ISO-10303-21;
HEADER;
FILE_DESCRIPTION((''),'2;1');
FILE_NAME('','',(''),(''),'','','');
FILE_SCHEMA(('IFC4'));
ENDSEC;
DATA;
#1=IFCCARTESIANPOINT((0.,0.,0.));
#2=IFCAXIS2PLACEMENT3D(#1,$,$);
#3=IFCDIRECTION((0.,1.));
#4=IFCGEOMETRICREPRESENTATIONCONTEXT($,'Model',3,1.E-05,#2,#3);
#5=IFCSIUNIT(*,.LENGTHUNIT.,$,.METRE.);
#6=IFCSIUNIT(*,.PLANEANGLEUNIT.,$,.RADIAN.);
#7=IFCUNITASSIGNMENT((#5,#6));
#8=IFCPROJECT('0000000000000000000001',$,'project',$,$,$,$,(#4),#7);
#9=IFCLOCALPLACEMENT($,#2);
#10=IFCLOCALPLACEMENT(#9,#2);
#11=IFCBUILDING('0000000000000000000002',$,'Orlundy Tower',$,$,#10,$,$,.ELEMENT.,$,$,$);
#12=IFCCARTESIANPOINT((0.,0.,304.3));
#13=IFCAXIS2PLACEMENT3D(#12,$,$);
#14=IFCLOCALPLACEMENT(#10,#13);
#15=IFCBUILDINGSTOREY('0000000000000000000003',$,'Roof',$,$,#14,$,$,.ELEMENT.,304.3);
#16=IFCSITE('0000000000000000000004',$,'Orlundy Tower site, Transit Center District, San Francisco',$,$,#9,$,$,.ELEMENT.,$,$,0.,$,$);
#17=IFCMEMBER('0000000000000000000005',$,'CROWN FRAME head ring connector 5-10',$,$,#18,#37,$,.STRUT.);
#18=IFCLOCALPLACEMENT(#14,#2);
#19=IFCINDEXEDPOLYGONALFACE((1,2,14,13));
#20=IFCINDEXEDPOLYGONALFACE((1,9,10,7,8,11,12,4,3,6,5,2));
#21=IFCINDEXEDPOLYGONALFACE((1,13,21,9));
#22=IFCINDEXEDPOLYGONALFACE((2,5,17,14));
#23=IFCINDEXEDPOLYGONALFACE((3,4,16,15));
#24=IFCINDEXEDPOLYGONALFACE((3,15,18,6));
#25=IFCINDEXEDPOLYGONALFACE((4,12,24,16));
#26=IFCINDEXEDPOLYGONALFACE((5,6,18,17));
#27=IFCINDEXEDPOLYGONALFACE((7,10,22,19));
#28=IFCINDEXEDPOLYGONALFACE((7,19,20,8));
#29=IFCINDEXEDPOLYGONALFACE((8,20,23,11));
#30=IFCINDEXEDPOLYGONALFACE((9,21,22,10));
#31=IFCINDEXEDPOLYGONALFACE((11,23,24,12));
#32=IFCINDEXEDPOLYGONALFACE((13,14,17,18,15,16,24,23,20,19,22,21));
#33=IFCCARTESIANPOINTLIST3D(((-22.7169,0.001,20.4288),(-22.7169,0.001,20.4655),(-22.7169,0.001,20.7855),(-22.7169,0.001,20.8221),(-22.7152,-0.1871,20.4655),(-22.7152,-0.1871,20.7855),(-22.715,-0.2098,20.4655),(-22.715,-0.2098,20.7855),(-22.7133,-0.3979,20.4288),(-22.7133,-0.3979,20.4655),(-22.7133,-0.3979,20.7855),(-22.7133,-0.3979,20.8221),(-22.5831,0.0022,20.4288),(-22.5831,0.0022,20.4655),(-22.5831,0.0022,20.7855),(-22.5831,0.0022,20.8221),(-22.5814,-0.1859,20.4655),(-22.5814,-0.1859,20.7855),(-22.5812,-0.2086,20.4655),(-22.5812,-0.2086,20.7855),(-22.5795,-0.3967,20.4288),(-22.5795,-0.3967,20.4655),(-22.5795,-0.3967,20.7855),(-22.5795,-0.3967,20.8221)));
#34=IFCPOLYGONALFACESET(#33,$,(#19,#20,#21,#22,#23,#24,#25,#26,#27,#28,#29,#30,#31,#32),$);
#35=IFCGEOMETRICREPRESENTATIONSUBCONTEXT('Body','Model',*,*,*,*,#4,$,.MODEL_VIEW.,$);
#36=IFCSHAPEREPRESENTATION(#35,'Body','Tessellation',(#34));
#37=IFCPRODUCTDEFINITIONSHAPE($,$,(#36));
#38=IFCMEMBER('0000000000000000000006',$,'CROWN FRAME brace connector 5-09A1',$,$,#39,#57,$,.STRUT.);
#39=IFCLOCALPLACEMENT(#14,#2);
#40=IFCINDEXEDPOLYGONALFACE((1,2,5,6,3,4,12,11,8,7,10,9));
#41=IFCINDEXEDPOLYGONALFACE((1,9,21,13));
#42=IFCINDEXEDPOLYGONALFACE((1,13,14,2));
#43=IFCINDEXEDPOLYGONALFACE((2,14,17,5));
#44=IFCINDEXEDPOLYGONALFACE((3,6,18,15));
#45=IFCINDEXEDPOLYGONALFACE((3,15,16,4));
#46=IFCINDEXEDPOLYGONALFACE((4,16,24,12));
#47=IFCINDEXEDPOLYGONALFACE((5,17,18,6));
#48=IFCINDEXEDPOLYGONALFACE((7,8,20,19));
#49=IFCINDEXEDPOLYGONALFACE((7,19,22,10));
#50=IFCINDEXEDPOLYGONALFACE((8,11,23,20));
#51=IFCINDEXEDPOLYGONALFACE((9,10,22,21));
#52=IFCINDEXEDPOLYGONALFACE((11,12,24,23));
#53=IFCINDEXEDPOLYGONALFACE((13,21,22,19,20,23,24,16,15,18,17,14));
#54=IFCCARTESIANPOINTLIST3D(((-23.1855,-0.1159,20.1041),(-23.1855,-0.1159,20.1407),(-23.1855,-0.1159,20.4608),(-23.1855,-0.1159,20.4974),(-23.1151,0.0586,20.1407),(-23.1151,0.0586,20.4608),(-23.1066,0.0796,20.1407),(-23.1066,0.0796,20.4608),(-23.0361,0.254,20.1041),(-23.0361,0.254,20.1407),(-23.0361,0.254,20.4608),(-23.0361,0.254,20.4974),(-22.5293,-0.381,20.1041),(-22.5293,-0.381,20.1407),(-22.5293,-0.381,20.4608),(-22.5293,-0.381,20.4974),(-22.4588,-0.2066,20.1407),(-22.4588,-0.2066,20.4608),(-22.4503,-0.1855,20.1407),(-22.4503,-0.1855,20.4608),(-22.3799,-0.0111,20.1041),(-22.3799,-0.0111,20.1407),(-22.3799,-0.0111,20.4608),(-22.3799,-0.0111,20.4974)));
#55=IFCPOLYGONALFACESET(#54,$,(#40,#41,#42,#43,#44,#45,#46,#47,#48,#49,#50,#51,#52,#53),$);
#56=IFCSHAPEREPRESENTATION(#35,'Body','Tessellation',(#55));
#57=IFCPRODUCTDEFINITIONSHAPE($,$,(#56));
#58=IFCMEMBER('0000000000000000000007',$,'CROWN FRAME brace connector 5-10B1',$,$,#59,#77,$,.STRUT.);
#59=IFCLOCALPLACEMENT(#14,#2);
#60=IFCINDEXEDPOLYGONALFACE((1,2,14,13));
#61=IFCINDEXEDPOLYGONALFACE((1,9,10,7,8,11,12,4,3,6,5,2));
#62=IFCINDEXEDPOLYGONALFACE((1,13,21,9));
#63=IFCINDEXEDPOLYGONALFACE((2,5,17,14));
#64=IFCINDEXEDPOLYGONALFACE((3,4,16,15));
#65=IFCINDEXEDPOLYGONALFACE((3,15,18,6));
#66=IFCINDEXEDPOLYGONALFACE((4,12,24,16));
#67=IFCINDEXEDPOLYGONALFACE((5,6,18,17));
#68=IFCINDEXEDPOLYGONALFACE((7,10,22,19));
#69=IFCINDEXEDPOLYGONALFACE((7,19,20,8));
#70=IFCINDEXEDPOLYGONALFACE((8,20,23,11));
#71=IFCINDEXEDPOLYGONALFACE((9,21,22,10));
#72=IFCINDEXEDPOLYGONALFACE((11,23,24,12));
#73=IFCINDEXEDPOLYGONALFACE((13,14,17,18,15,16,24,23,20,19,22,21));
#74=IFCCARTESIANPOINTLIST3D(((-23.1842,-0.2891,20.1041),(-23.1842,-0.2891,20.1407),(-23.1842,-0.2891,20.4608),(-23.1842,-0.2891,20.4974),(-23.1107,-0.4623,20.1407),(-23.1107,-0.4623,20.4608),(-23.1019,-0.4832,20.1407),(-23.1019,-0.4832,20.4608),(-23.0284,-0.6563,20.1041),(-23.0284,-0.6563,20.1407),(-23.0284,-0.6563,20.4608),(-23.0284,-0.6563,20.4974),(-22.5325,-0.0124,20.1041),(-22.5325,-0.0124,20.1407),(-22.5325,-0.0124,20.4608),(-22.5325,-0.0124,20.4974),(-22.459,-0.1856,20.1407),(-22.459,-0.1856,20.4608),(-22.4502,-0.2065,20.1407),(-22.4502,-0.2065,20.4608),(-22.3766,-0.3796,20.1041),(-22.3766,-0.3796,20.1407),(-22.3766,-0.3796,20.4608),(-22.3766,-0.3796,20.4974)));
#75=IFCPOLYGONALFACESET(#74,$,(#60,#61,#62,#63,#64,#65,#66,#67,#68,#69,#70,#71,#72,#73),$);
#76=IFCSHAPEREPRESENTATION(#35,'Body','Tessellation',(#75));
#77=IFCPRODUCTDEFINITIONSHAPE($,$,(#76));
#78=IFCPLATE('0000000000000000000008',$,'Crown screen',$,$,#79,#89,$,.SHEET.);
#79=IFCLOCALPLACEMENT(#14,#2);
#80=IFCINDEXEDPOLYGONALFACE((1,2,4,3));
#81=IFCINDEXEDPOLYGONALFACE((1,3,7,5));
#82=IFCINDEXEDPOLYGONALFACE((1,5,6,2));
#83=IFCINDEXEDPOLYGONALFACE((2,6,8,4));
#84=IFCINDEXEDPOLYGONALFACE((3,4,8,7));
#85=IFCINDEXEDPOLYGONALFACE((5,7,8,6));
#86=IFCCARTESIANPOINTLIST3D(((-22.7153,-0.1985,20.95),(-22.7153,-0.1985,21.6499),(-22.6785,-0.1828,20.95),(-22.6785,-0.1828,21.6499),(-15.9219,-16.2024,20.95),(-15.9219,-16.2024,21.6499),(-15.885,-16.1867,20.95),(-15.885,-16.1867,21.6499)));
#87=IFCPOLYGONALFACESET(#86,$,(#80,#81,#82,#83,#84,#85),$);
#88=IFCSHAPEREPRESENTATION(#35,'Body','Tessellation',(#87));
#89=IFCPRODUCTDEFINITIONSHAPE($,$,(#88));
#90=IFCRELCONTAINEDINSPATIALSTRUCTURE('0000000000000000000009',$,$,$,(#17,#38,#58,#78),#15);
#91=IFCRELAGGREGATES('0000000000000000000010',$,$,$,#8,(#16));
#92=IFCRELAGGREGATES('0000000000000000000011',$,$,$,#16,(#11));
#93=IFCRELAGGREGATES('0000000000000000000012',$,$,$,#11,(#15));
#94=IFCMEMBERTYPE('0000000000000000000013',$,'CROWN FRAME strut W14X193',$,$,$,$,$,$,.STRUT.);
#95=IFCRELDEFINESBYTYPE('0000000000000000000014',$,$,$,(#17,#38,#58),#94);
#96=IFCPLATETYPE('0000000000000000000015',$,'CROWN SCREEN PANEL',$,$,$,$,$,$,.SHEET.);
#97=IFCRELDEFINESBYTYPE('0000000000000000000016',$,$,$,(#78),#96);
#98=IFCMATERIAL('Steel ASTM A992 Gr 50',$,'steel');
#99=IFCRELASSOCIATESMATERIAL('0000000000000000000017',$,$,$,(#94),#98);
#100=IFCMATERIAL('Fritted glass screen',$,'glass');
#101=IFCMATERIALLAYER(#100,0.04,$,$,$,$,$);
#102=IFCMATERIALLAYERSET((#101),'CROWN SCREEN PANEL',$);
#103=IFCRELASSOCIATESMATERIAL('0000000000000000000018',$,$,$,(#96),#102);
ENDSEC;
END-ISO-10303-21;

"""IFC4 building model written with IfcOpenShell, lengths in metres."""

from ifc_helpers import new_model, si_unit, direction, frame, origin, origin_2d, place, context, subcontext, project, spatial, polyline, i_section, outline, extrude, material, layer, layer_set, material_profile, profile_set, type_object, element, save


model = new_model("IFC4")

# Units and contexts
model_context = context("Model", 3, precision=1e-05, world=origin(), true_north=direction((0.0, 1.0)))
body_context = subcontext(model_context, "Body", "Model", "MODEL_VIEW")
ifc_project = project(units=[si_unit("LENGTHUNIT", "METRE"), si_unit("PLANEANGLEUNIT", "RADIAN")], contexts=[model_context])

# Site, building, storey
site_placement = place(None, origin())
site = spatial("IfcSite", under=ifc_project, at=site_placement, Name="Orlundy Tower site, Transit Center District, San Francisco", CompositionType="ELEMENT", RefElevation=0.0)
building_placement = place(site_placement, origin())
building = spatial("IfcBuilding", under=site, at=building_placement, Name="Orlundy Tower", CompositionType="ELEMENT")
storey_placement = place(building_placement, frame((0.0, 0.0, 304.3)))
storey = spatial("IfcBuildingStorey", under=building, at=storey_placement, Name="Roof", CompositionType="ELEMENT", Elevation=304.3)

# Members
ifc_material_1 = material(Name="Steel ASTM A992 Gr 50", Category="steel")
ifc_material_profile_1 = material_profile(ifc_material_1, i_section(OverallWidth=0.3989, OverallDepth=0.3933, WebThickness=0.0227, FlangeThickness=0.0366, at=origin_2d()), Name="W14X193")
ifc_profile_set_1 = profile_set([ifc_material_profile_1], Name="Steel ASTM A992 Gr 50")
member_type = type_object("IfcMemberType", Name="CROWN FRAME strut W14X193", PredefinedType="STRUT", material=ifc_profile_set_1)
member_1_placement = place(storey_placement, frame((-22.5813, -0.1973, 20.6255), z_axis=(-0.999958, -0.009124, 0.0), x_axis=(0.009124, -0.999958, 0.0)))
element("IfcMember", 1, at=member_1_placement, inside=storey, type_object=member_type, Name="CROWN FRAME head ring connector 5-10", PredefinedType="STRUT", context=body_context, shape_type="SweptSolid", body=[
    extrude(i_section(OverallWidth=0.3989, OverallDepth=0.3933, WebThickness=0.0227, FlangeThickness=0.0366, at=origin_2d()), origin(), (0.0, 0.0, 1.0), 0.1338),
])
member_2_placement = place(storey_placement, frame((-22.4546, -0.196, 20.3008), z_axis=(-0.927187, 0.3746, 0.0), x_axis=(-0.3746, -0.927187, 0.0)))
element("IfcMember", 2, at=member_2_placement, inside=storey, type_object=member_type, Name="CROWN FRAME brace connector 5-09A1", PredefinedType="STRUT", context=body_context, shape_type="SweptSolid", body=[
    extrude(i_section(OverallWidth=0.3989, OverallDepth=0.3933, WebThickness=0.0227, FlangeThickness=0.0366, at=origin_2d()), origin(), (0.0, 0.0, 1.0), 0.7078),
])
member_3_placement = place(storey_placement, frame((-22.4546, -0.196, 20.3008), z_axis=(-0.920495, -0.390754, 0.0), x_axis=(0.390754, -0.920495, 0.0)))
element("IfcMember", 3, at=member_3_placement, inside=storey, type_object=member_type, Name="CROWN FRAME brace connector 5-10B1", PredefinedType="STRUT", context=body_context, shape_type="SweptSolid", body=[
    extrude(i_section(OverallWidth=0.3989, OverallDepth=0.3933, WebThickness=0.0227, FlangeThickness=0.0366, at=origin_2d()), origin(), (0.0, 0.0, 1.0), 0.708),
])

# Plate
ifc_material_2 = material(Name="Fritted glass screen", Category="glass")
ifc_layer = layer(ifc_material_2, 0.04)
ifc_layer_set = layer_set([ifc_layer], Name="CROWN SCREEN PANEL")
plate_type = type_object("IfcPlateType", Name="CROWN SCREEN PANEL", PredefinedType="SHEET", material=ifc_layer_set)
plate_placement = place(storey_placement, frame((-22.7153, -0.1985, 20.95), z_axis=(-0.920501, -0.390741, 0.0), x_axis=(0.390741, -0.920501, 0.0)))
element("IfcPlate", 4, at=plate_placement, inside=storey, type_object=plate_type, Name="Crown screen", PredefinedType="SHEET", context=body_context, shape_type="SweptSolid", body=[
    extrude(outline(polyline([(0.0, 0.0), (17.3861, 0.0), (17.3861, 0.7), (0.0, 0.7), (0.0, 0.0)])), origin(), (0.0, 0.0, -1.0), 0.04),
])

save(model, "model.ifc")
